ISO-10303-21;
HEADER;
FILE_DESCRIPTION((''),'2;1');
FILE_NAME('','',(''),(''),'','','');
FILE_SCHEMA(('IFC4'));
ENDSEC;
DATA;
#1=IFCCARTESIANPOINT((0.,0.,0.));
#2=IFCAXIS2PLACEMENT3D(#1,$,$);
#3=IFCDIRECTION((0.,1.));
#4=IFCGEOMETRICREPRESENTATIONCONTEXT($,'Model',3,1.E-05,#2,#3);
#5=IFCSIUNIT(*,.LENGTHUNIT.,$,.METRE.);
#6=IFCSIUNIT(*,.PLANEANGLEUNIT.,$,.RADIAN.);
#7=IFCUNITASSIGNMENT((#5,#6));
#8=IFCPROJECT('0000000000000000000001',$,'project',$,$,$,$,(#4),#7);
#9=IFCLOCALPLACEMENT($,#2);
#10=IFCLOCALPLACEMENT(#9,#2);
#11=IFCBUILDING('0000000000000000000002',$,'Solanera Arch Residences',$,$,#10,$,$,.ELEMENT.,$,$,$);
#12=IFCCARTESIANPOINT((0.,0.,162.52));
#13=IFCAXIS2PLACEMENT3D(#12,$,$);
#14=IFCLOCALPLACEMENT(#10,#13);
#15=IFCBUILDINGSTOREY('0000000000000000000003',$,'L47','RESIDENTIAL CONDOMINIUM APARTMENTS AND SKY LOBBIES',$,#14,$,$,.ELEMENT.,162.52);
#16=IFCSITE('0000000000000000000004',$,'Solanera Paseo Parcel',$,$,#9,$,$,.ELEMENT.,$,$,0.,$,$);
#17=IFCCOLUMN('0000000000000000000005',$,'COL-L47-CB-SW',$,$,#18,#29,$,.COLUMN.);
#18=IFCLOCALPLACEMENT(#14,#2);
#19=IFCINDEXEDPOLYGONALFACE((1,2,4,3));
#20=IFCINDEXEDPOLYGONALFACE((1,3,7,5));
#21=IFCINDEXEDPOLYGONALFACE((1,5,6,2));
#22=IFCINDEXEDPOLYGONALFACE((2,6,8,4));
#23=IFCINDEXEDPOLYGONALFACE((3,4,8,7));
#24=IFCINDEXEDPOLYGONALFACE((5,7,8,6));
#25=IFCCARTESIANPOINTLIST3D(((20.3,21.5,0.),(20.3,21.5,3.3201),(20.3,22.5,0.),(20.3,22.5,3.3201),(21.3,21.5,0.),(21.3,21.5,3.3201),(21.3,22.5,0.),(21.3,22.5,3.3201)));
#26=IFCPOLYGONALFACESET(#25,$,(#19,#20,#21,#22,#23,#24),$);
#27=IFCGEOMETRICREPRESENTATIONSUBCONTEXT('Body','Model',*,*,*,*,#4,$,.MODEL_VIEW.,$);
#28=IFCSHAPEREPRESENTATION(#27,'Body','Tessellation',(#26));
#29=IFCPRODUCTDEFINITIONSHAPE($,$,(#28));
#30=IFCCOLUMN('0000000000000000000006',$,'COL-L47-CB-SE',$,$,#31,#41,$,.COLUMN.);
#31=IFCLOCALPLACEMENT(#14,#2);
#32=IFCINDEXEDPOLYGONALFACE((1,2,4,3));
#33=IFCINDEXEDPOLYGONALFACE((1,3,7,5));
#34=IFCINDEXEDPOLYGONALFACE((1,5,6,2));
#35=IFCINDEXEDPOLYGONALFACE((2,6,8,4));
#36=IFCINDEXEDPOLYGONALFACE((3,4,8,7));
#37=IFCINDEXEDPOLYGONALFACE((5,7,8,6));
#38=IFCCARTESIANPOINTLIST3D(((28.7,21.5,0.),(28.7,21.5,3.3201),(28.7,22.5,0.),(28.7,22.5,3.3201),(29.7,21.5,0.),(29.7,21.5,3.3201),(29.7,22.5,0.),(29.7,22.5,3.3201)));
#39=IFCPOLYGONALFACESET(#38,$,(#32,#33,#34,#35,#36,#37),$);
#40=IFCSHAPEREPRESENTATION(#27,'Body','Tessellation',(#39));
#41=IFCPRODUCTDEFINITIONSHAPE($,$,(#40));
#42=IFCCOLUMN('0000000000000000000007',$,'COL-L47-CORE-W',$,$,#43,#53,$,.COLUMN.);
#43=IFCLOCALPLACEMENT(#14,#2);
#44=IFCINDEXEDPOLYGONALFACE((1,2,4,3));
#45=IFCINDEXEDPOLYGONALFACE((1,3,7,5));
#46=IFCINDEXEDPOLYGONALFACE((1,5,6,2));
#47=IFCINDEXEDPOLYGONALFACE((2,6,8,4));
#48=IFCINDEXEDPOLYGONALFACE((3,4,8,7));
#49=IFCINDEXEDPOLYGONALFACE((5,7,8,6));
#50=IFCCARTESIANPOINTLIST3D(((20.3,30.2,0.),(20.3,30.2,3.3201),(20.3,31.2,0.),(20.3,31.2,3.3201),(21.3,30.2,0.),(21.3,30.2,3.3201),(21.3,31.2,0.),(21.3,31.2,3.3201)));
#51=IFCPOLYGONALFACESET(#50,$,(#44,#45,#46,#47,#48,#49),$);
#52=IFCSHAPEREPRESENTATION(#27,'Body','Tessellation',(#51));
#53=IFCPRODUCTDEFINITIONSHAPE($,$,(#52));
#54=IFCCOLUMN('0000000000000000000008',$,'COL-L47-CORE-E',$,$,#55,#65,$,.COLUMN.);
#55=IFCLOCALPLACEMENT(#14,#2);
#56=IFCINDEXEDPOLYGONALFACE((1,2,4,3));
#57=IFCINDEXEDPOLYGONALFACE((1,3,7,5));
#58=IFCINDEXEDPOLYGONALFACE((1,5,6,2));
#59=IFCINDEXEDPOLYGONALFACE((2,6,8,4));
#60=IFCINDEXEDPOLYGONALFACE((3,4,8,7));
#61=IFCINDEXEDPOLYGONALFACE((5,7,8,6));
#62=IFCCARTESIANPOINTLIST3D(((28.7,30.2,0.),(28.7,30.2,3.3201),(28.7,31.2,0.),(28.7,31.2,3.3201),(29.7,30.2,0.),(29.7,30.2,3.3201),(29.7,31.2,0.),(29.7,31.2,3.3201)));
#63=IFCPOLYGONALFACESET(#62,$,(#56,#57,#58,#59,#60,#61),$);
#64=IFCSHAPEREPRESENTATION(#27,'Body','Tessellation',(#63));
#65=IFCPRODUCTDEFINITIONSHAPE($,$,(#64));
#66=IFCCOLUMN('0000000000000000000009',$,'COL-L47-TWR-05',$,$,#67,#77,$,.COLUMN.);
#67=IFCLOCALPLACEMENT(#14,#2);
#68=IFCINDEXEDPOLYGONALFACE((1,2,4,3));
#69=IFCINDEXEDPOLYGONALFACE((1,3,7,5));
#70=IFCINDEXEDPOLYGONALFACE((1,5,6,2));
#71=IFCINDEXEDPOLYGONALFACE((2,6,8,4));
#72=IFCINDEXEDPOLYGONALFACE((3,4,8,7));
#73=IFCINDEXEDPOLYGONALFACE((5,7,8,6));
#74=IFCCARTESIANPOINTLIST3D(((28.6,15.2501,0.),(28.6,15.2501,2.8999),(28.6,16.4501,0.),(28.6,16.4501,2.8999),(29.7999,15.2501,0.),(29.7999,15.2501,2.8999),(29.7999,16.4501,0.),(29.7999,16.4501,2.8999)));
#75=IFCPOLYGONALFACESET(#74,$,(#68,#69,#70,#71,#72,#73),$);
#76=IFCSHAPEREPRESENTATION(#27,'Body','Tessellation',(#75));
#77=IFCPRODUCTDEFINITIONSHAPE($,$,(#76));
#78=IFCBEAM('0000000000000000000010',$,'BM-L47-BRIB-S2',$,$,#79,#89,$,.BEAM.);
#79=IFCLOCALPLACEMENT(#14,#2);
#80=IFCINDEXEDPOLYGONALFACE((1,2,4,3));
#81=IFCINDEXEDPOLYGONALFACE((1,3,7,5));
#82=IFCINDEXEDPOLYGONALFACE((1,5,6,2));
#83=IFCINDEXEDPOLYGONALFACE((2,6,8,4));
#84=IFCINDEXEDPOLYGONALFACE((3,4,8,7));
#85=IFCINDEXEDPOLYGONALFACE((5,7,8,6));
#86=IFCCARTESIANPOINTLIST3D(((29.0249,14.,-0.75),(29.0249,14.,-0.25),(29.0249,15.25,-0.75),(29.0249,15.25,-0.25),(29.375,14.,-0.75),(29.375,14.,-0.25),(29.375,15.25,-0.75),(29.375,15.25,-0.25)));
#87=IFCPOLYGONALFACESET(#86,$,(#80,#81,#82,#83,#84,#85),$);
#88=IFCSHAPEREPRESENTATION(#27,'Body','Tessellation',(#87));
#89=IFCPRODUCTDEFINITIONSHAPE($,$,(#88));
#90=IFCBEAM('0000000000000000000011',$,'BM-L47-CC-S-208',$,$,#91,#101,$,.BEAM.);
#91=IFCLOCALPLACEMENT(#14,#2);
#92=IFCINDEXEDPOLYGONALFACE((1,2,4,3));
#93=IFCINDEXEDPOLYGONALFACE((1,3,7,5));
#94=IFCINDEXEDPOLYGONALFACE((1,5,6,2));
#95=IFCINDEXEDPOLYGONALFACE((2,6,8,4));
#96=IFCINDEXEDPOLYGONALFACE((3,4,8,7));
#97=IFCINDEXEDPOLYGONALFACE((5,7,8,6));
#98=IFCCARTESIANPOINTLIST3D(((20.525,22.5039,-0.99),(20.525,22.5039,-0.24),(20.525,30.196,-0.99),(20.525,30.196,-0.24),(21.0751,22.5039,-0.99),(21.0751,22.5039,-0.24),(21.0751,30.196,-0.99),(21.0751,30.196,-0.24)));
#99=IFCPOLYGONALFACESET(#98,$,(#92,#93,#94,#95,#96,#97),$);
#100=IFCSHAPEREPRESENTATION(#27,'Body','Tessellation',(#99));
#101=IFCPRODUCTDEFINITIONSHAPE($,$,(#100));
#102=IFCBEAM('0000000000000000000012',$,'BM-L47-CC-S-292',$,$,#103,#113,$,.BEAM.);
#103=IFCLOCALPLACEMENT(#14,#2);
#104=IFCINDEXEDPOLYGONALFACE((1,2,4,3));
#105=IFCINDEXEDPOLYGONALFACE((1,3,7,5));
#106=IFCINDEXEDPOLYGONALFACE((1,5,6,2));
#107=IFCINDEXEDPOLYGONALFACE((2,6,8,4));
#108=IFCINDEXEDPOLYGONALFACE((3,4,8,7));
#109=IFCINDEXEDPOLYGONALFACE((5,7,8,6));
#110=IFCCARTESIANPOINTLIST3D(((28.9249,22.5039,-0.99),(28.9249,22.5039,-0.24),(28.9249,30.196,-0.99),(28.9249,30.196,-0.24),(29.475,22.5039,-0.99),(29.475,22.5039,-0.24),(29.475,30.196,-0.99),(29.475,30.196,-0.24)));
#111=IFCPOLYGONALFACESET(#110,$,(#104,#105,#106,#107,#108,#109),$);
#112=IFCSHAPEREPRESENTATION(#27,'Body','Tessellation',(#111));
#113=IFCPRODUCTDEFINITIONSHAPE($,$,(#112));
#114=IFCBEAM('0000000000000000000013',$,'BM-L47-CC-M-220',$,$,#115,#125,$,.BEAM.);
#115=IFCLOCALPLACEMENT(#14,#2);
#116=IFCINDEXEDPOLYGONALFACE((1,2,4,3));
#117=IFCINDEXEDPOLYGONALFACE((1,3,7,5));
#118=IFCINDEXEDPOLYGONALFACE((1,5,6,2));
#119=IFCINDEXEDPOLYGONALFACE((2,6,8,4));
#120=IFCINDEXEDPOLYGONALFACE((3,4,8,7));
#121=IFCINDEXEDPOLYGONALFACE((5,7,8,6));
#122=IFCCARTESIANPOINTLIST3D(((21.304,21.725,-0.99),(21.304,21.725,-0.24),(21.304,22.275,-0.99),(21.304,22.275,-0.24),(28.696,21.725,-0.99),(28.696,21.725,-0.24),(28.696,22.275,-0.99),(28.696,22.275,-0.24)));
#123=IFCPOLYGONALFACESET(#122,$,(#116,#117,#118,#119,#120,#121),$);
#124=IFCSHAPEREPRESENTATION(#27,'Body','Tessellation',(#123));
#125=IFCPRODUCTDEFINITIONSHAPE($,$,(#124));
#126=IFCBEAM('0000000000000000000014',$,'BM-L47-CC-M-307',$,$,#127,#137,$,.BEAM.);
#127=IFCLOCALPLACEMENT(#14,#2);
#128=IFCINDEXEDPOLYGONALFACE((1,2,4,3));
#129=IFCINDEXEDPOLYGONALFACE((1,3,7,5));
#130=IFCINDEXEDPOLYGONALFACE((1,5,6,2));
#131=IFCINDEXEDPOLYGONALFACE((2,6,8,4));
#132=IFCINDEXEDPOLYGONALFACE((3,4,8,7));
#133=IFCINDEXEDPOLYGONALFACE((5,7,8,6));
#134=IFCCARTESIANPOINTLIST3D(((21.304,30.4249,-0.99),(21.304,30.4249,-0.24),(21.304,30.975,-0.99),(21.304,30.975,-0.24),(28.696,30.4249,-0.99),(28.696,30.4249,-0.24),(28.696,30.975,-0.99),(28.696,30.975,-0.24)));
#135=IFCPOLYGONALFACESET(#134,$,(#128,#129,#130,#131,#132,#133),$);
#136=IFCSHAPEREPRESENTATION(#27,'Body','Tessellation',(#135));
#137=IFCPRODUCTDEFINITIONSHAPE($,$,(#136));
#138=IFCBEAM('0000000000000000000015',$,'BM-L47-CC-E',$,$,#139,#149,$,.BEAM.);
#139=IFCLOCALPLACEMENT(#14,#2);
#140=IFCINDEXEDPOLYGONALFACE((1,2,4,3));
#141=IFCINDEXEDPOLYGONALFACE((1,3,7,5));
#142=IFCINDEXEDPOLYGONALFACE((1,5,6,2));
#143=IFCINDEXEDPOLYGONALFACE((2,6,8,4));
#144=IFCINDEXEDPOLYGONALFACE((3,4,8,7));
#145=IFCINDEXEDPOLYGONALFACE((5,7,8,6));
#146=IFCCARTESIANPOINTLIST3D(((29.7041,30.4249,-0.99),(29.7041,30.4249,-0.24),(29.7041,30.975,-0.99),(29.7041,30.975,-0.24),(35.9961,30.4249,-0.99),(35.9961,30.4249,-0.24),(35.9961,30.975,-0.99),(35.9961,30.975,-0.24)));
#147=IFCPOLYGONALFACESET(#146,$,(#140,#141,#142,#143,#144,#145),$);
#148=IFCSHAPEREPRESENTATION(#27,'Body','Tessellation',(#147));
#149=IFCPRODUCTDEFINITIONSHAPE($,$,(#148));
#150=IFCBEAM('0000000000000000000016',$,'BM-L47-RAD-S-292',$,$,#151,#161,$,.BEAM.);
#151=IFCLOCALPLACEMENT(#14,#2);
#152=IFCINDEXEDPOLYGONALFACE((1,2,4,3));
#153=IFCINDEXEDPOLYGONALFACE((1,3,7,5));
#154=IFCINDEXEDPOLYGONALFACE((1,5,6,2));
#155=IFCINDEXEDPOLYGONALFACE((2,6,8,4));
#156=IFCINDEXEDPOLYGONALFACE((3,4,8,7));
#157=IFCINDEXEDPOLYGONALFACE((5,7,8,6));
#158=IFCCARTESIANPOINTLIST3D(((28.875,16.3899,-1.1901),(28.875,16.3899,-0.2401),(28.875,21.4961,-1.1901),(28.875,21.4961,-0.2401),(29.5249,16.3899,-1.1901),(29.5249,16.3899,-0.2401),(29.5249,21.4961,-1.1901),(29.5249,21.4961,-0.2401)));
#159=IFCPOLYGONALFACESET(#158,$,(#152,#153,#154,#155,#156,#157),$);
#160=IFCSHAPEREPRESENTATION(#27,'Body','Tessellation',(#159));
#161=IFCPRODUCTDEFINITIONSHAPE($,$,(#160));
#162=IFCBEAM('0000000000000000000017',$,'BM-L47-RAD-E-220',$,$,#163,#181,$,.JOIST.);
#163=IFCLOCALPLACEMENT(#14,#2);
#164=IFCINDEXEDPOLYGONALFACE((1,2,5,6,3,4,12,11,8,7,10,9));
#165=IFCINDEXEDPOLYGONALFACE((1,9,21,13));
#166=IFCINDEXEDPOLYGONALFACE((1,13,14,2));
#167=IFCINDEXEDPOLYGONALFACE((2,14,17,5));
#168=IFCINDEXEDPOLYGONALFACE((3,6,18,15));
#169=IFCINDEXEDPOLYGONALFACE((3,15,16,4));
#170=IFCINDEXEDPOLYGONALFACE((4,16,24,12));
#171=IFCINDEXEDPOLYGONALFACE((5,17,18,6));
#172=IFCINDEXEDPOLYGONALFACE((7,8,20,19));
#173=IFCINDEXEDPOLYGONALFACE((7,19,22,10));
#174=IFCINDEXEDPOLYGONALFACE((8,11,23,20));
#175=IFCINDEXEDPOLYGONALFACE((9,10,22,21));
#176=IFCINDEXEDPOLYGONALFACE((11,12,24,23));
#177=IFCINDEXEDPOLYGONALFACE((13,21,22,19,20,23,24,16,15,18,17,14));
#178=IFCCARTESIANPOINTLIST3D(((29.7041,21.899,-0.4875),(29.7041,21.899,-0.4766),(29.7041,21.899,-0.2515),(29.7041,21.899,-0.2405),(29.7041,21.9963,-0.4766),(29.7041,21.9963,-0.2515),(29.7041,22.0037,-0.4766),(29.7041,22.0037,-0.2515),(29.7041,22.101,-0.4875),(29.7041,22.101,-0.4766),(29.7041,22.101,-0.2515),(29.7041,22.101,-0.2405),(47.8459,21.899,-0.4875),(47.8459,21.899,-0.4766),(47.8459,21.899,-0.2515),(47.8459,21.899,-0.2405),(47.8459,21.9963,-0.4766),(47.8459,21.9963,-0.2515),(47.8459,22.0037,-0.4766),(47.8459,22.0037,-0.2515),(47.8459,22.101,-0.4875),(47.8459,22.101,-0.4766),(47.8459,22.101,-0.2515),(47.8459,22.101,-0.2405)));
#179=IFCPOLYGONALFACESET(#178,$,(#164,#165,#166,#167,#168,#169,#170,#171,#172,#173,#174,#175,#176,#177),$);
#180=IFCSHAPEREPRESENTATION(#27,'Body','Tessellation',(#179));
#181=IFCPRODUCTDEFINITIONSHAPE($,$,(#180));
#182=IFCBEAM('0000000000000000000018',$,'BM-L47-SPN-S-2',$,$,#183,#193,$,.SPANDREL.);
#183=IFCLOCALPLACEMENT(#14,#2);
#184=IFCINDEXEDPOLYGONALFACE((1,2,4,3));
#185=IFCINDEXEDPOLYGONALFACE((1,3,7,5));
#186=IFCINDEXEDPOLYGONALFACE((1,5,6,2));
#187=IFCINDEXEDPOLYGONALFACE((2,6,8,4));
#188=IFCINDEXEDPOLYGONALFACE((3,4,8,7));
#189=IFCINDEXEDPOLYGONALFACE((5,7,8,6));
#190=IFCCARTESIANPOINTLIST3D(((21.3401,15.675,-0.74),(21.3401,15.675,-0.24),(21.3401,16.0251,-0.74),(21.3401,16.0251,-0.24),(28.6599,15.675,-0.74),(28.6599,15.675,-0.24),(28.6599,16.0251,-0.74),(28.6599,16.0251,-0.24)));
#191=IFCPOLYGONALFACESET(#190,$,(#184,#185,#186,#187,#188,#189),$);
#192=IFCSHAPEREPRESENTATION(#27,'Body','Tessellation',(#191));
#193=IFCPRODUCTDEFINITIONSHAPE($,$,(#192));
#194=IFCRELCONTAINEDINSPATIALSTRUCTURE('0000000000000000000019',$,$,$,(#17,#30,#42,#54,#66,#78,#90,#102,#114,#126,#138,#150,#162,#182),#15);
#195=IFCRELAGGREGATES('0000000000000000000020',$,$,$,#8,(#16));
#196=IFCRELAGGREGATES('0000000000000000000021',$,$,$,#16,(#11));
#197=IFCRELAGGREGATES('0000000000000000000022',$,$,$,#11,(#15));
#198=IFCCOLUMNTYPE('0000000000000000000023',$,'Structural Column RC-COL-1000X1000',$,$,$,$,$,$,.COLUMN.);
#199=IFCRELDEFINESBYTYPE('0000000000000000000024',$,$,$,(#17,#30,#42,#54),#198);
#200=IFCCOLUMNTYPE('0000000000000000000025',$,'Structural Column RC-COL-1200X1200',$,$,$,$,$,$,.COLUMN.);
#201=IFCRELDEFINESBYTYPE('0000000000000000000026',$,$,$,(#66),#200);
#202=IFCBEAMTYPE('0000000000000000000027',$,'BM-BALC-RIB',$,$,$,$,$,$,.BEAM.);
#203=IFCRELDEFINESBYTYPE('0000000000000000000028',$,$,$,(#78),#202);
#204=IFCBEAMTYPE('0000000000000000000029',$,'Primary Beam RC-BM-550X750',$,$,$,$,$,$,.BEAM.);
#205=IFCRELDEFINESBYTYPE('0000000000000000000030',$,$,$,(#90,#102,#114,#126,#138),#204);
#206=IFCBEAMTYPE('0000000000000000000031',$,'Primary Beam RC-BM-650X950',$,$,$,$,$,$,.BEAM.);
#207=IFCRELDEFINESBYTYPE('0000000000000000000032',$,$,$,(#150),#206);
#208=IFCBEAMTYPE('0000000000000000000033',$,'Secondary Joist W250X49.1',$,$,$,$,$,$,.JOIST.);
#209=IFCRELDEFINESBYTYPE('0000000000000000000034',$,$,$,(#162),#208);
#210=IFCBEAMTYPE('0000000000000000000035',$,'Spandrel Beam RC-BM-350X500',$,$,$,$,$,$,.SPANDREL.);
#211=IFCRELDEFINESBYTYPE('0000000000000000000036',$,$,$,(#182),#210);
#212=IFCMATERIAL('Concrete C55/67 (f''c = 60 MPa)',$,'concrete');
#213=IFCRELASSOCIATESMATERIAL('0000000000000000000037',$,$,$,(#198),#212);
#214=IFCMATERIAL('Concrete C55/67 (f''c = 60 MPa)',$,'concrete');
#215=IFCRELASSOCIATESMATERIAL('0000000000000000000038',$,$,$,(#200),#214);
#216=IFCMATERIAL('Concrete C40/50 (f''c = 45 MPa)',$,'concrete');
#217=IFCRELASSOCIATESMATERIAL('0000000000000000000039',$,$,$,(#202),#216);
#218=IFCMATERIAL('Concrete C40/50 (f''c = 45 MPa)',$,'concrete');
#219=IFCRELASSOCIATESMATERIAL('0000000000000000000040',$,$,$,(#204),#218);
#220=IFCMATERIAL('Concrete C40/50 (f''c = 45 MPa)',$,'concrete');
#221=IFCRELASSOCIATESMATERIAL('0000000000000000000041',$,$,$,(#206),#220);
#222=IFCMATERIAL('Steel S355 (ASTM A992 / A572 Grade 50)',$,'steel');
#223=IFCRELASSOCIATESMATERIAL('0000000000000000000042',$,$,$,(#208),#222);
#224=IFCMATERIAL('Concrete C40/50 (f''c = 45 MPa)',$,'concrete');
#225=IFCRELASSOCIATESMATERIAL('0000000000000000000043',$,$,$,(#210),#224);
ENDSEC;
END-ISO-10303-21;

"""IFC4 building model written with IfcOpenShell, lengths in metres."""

from ifc_helpers import new_model, si_unit, direction, frame, origin, origin_2d, place, context, subcontext, project, spatial, rectangle, i_section, extrude, material, material_profile, profile_set, type_object, element, save


model = new_model("IFC4")

# Units and contexts
model_context = context("Model", 3, precision=1e-05, world=origin(), true_north=direction((0.0, 1.0)))
body_context = subcontext(model_context, "Body", "Model", "MODEL_VIEW")
ifc_project = project(units=[si_unit("LENGTHUNIT", "METRE"), si_unit("PLANEANGLEUNIT", "RADIAN")], contexts=[model_context])

# Site, building, storey
site_placement = place(None, origin())
site = spatial("IfcSite", under=ifc_project, at=site_placement, Name="Solanera Paseo Parcel", CompositionType="ELEMENT", RefElevation=0.0)
building_placement = place(site_placement, origin())
building = spatial("IfcBuilding", under=site, at=building_placement, Name="Solanera Arch Residences", CompositionType="ELEMENT")
storey_placement = place(building_placement, frame((0.0, 0.0, 162.52)))
storey = spatial("IfcBuildingStorey", under=building, at=storey_placement, Name="L47", Description="RESIDENTIAL CONDOMINIUM APARTMENTS AND SKY LOBBIES", CompositionType="ELEMENT", Elevation=162.52)

# Columns
ifc_material_1 = material(Name="Concrete C55/67 (f'c = 60 MPa)", Category="concrete")
ifc_material_profile_1 = material_profile(ifc_material_1, rectangle(XDim=1.0, YDim=1.0, at=origin_2d()))
ifc_profile_set_1 = profile_set([ifc_material_profile_1], Name="Concrete C55/67 (f'c = 60 MPa)")
column_type_1 = type_object("IfcColumnType", Name="Structural Column RC-COL-1000X1000", PredefinedType="COLUMN", material=ifc_profile_set_1)
for number, where, z_axis, x_axis, name in (
    (1, (20.8, 22.0, 0.0), (0.0, 0.0, 1.0), (1.0, 0.0, 0.0), "COL-L47-CB-SW"),
    (2, (29.2, 22.0, 0.0), (0.0, 0.0, 1.0), (1.0, 0.0, 0.0), "COL-L47-CB-SE"),
    (3, (20.8, 30.7, 0.0), (0.0, 0.0, 1.0), (1.0, 0.0, 0.0), "COL-L47-CORE-W"),
    (4, (29.2, 30.7, 0.0), (0.0, 0.0, 1.0), (1.0, 0.0, 0.0), "COL-L47-CORE-E"),
):
    element("IfcColumn", number, at=place(storey_placement, frame(where, z_axis=z_axis, x_axis=x_axis)), inside=storey, type_object=column_type_1, Name=name, PredefinedType="COLUMN", context=body_context, shape_type="SweptSolid", body=[
        extrude(rectangle(XDim=1.0, YDim=1.0, at=origin_2d()), origin(), (0.0, 0.0, 1.0), 3.3201),
    ])
ifc_material_2 = material(Name="Concrete C55/67 (f'c = 60 MPa)", Category="concrete")
ifc_material_profile_2 = material_profile(ifc_material_2, rectangle(XDim=1.2, YDim=1.2, at=origin_2d()))
ifc_profile_set_2 = profile_set([ifc_material_profile_2], Name="Concrete C55/67 (f'c = 60 MPa)")
column_type_2 = type_object("IfcColumnType", Name="Structural Column RC-COL-1200X1200", PredefinedType="COLUMN", material=ifc_profile_set_2)
column_placement = place(storey_placement, frame((29.2, 15.8501, 0.0), z_axis=(0.0, 0.0, 1.0), x_axis=(1.0, 0.0, 0.0)))
element("IfcColumn", 5, at=column_placement, inside=storey, type_object=column_type_2, Name="COL-L47-TWR-05", PredefinedType="COLUMN", context=body_context, shape_type="SweptSolid", body=[
    extrude(rectangle(XDim=1.2, YDim=1.2, at=origin_2d()), origin(), (0.0, 0.0, 1.0), 2.8999),
])

# Beams
ifc_material_3 = material(Name="Concrete C40/50 (f'c = 45 MPa)", Category="concrete")
ifc_material_profile_3 = material_profile(ifc_material_3, rectangle(XDim=0.3501, YDim=0.5, at=origin_2d()))
ifc_profile_set_3 = profile_set([ifc_material_profile_3], Name="Concrete C40/50 (f'c = 45 MPa)")
beam_type_1 = type_object("IfcBeamType", Name="BM-BALC-RIB", PredefinedType="BEAM", material=ifc_profile_set_3)
beam_1_placement = place(storey_placement, frame((29.2, 14.0, -0.5), z_axis=(0.0, 1.0, 0.0), x_axis=(-1.0, 0.0, 0.0)))
element("IfcBeam", 6, at=beam_1_placement, inside=storey, type_object=beam_type_1, Name="BM-L47-BRIB-S2", PredefinedType="BEAM", context=body_context, shape_type="SweptSolid", body=[
    extrude(rectangle(XDim=0.3501, YDim=0.5, at=origin_2d()), origin(), (0.0, 0.0, 1.0), 1.25),
])
ifc_material_4 = material(Name="Concrete C40/50 (f'c = 45 MPa)", Category="concrete")
ifc_material_profile_4 = material_profile(ifc_material_4, rectangle(XDim=0.55, YDim=0.75, at=origin_2d()))
ifc_profile_set_4 = profile_set([ifc_material_profile_4], Name="Concrete C40/50 (f'c = 45 MPa)")
beam_type_2 = type_object("IfcBeamType", Name="Primary Beam RC-BM-550X750", PredefinedType="BEAM", material=ifc_profile_set_4)
for number, where, z_axis, x_axis, name in (
    (7, (20.8, 22.5039, -0.615), (0.0, 1.0, 0.0), (-1.0, 0.0, 0.0), "BM-L47-CC-S-208"),
    (8, (29.2, 22.5039, -0.615), (0.0, 1.0, 0.0), (-1.0, 0.0, 0.0), "BM-L47-CC-S-292"),
):
    element("IfcBeam", number, at=place(storey_placement, frame(where, z_axis=z_axis, x_axis=x_axis)), inside=storey, type_object=beam_type_2, Name=name, PredefinedType="BEAM", context=body_context, shape_type="SweptSolid", body=[
        extrude(rectangle(XDim=0.55, YDim=0.75, at=origin_2d()), origin(), (0.0, 0.0, 1.0), 7.6921),
    ])
for number, where, z_axis, x_axis, name in (
    (9, (21.304, 22.0, -0.615), (1.0, 0.0, 0.0), (0.0, 1.0, 0.0), "BM-L47-CC-M-220"),
    (10, (21.304, 30.7, -0.615), (1.0, 0.0, 0.0), (0.0, 1.0, 0.0), "BM-L47-CC-M-307"),
):
    element("IfcBeam", number, at=place(storey_placement, frame(where, z_axis=z_axis, x_axis=x_axis)), inside=storey, type_object=beam_type_2, Name=name, PredefinedType="BEAM", context=body_context, shape_type="SweptSolid", body=[
        extrude(rectangle(XDim=0.55, YDim=0.75, at=origin_2d()), origin(), (0.0, 0.0, 1.0), 7.3921),
    ])
beam_2_placement = place(storey_placement, frame((29.7041, 30.7, -0.615), z_axis=(1.0, 0.0, 0.0), x_axis=(0.0, 1.0, 0.0)))
element("IfcBeam", 11, at=beam_2_placement, inside=storey, type_object=beam_type_2, Name="BM-L47-CC-E", PredefinedType="BEAM", context=body_context, shape_type="SweptSolid", body=[
    extrude(rectangle(XDim=0.55, YDim=0.75, at=origin_2d()), origin(), (0.0, 0.0, 1.0), 6.292),
])
ifc_material_5 = material(Name="Concrete C40/50 (f'c = 45 MPa)", Category="concrete")
ifc_material_profile_5 = material_profile(ifc_material_5, rectangle(XDim=0.6499, YDim=0.95, at=origin_2d()))
ifc_profile_set_5 = profile_set([ifc_material_profile_5], Name="Concrete C40/50 (f'c = 45 MPa)")
beam_type_3 = type_object("IfcBeamType", Name="Primary Beam RC-BM-650X950", PredefinedType="BEAM", material=ifc_profile_set_5)
beam_3_placement = place(storey_placement, frame((29.2, 16.3899, -0.7151), z_axis=(0.0, 1.0, 0.0), x_axis=(-1.0, 0.0, 0.0)))
element("IfcBeam", 12, at=beam_3_placement, inside=storey, type_object=beam_type_3, Name="BM-L47-RAD-S-292", PredefinedType="BEAM", context=body_context, shape_type="SweptSolid", body=[
    extrude(rectangle(XDim=0.6499, YDim=0.95, at=origin_2d()), origin(), (0.0, 0.0, 1.0), 5.1062),
])
ifc_material_6 = material(Name="Steel S355 (ASTM A992 / A572 Grade 50)", Category="steel")
ifc_material_profile_6 = material_profile(ifc_material_6, i_section(OverallWidth=0.2019, OverallDepth=0.2471, WebThickness=0.0073, FlangeThickness=0.011, at=origin_2d()))
ifc_profile_set_6 = profile_set([ifc_material_profile_6], Name="Steel S355 (ASTM A992 / A572 Grade 50)")
beam_type_4 = type_object("IfcBeamType", Name="Secondary Joist W250X49.1", PredefinedType="JOIST", material=ifc_profile_set_6)
beam_4_placement = place(storey_placement, frame((29.7041, 22.0, -0.364), z_axis=(1.0, 0.0, 0.0), x_axis=(0.0, 1.0, 0.0)))
element("IfcBeam", 13, at=beam_4_placement, inside=storey, type_object=beam_type_4, Name="BM-L47-RAD-E-220", PredefinedType="JOIST", context=body_context, shape_type="SweptSolid", body=[
    extrude(i_section(OverallWidth=0.2019, OverallDepth=0.2471, WebThickness=0.0073, FlangeThickness=0.011, at=origin_2d()), origin(), (0.0, 0.0, 1.0), 18.1418),
])
ifc_material_7 = material(Name="Concrete C40/50 (f'c = 45 MPa)", Category="concrete")
ifc_material_profile_7 = material_profile(ifc_material_7, rectangle(XDim=0.3501, YDim=0.5, at=origin_2d()))
ifc_profile_set_7 = profile_set([ifc_material_profile_7], Name="Concrete C40/50 (f'c = 45 MPa)")
beam_type_5 = type_object("IfcBeamType", Name="Spandrel Beam RC-BM-350X500", PredefinedType="SPANDREL", material=ifc_profile_set_7)
beam_5_placement = place(storey_placement, frame((21.3401, 15.8501, -0.49), z_axis=(1.0, 0.0, 0.0), x_axis=(0.0, 1.0, 0.0)))
element("IfcBeam", 14, at=beam_5_placement, inside=storey, type_object=beam_type_5, Name="BM-L47-SPN-S-2", PredefinedType="SPANDREL", context=body_context, shape_type="SweptSolid", body=[
    extrude(rectangle(XDim=0.3501, YDim=0.5, at=origin_2d()), origin(), (0.0, 0.0, 1.0), 7.3198),
])

save(model, "model.ifc")
